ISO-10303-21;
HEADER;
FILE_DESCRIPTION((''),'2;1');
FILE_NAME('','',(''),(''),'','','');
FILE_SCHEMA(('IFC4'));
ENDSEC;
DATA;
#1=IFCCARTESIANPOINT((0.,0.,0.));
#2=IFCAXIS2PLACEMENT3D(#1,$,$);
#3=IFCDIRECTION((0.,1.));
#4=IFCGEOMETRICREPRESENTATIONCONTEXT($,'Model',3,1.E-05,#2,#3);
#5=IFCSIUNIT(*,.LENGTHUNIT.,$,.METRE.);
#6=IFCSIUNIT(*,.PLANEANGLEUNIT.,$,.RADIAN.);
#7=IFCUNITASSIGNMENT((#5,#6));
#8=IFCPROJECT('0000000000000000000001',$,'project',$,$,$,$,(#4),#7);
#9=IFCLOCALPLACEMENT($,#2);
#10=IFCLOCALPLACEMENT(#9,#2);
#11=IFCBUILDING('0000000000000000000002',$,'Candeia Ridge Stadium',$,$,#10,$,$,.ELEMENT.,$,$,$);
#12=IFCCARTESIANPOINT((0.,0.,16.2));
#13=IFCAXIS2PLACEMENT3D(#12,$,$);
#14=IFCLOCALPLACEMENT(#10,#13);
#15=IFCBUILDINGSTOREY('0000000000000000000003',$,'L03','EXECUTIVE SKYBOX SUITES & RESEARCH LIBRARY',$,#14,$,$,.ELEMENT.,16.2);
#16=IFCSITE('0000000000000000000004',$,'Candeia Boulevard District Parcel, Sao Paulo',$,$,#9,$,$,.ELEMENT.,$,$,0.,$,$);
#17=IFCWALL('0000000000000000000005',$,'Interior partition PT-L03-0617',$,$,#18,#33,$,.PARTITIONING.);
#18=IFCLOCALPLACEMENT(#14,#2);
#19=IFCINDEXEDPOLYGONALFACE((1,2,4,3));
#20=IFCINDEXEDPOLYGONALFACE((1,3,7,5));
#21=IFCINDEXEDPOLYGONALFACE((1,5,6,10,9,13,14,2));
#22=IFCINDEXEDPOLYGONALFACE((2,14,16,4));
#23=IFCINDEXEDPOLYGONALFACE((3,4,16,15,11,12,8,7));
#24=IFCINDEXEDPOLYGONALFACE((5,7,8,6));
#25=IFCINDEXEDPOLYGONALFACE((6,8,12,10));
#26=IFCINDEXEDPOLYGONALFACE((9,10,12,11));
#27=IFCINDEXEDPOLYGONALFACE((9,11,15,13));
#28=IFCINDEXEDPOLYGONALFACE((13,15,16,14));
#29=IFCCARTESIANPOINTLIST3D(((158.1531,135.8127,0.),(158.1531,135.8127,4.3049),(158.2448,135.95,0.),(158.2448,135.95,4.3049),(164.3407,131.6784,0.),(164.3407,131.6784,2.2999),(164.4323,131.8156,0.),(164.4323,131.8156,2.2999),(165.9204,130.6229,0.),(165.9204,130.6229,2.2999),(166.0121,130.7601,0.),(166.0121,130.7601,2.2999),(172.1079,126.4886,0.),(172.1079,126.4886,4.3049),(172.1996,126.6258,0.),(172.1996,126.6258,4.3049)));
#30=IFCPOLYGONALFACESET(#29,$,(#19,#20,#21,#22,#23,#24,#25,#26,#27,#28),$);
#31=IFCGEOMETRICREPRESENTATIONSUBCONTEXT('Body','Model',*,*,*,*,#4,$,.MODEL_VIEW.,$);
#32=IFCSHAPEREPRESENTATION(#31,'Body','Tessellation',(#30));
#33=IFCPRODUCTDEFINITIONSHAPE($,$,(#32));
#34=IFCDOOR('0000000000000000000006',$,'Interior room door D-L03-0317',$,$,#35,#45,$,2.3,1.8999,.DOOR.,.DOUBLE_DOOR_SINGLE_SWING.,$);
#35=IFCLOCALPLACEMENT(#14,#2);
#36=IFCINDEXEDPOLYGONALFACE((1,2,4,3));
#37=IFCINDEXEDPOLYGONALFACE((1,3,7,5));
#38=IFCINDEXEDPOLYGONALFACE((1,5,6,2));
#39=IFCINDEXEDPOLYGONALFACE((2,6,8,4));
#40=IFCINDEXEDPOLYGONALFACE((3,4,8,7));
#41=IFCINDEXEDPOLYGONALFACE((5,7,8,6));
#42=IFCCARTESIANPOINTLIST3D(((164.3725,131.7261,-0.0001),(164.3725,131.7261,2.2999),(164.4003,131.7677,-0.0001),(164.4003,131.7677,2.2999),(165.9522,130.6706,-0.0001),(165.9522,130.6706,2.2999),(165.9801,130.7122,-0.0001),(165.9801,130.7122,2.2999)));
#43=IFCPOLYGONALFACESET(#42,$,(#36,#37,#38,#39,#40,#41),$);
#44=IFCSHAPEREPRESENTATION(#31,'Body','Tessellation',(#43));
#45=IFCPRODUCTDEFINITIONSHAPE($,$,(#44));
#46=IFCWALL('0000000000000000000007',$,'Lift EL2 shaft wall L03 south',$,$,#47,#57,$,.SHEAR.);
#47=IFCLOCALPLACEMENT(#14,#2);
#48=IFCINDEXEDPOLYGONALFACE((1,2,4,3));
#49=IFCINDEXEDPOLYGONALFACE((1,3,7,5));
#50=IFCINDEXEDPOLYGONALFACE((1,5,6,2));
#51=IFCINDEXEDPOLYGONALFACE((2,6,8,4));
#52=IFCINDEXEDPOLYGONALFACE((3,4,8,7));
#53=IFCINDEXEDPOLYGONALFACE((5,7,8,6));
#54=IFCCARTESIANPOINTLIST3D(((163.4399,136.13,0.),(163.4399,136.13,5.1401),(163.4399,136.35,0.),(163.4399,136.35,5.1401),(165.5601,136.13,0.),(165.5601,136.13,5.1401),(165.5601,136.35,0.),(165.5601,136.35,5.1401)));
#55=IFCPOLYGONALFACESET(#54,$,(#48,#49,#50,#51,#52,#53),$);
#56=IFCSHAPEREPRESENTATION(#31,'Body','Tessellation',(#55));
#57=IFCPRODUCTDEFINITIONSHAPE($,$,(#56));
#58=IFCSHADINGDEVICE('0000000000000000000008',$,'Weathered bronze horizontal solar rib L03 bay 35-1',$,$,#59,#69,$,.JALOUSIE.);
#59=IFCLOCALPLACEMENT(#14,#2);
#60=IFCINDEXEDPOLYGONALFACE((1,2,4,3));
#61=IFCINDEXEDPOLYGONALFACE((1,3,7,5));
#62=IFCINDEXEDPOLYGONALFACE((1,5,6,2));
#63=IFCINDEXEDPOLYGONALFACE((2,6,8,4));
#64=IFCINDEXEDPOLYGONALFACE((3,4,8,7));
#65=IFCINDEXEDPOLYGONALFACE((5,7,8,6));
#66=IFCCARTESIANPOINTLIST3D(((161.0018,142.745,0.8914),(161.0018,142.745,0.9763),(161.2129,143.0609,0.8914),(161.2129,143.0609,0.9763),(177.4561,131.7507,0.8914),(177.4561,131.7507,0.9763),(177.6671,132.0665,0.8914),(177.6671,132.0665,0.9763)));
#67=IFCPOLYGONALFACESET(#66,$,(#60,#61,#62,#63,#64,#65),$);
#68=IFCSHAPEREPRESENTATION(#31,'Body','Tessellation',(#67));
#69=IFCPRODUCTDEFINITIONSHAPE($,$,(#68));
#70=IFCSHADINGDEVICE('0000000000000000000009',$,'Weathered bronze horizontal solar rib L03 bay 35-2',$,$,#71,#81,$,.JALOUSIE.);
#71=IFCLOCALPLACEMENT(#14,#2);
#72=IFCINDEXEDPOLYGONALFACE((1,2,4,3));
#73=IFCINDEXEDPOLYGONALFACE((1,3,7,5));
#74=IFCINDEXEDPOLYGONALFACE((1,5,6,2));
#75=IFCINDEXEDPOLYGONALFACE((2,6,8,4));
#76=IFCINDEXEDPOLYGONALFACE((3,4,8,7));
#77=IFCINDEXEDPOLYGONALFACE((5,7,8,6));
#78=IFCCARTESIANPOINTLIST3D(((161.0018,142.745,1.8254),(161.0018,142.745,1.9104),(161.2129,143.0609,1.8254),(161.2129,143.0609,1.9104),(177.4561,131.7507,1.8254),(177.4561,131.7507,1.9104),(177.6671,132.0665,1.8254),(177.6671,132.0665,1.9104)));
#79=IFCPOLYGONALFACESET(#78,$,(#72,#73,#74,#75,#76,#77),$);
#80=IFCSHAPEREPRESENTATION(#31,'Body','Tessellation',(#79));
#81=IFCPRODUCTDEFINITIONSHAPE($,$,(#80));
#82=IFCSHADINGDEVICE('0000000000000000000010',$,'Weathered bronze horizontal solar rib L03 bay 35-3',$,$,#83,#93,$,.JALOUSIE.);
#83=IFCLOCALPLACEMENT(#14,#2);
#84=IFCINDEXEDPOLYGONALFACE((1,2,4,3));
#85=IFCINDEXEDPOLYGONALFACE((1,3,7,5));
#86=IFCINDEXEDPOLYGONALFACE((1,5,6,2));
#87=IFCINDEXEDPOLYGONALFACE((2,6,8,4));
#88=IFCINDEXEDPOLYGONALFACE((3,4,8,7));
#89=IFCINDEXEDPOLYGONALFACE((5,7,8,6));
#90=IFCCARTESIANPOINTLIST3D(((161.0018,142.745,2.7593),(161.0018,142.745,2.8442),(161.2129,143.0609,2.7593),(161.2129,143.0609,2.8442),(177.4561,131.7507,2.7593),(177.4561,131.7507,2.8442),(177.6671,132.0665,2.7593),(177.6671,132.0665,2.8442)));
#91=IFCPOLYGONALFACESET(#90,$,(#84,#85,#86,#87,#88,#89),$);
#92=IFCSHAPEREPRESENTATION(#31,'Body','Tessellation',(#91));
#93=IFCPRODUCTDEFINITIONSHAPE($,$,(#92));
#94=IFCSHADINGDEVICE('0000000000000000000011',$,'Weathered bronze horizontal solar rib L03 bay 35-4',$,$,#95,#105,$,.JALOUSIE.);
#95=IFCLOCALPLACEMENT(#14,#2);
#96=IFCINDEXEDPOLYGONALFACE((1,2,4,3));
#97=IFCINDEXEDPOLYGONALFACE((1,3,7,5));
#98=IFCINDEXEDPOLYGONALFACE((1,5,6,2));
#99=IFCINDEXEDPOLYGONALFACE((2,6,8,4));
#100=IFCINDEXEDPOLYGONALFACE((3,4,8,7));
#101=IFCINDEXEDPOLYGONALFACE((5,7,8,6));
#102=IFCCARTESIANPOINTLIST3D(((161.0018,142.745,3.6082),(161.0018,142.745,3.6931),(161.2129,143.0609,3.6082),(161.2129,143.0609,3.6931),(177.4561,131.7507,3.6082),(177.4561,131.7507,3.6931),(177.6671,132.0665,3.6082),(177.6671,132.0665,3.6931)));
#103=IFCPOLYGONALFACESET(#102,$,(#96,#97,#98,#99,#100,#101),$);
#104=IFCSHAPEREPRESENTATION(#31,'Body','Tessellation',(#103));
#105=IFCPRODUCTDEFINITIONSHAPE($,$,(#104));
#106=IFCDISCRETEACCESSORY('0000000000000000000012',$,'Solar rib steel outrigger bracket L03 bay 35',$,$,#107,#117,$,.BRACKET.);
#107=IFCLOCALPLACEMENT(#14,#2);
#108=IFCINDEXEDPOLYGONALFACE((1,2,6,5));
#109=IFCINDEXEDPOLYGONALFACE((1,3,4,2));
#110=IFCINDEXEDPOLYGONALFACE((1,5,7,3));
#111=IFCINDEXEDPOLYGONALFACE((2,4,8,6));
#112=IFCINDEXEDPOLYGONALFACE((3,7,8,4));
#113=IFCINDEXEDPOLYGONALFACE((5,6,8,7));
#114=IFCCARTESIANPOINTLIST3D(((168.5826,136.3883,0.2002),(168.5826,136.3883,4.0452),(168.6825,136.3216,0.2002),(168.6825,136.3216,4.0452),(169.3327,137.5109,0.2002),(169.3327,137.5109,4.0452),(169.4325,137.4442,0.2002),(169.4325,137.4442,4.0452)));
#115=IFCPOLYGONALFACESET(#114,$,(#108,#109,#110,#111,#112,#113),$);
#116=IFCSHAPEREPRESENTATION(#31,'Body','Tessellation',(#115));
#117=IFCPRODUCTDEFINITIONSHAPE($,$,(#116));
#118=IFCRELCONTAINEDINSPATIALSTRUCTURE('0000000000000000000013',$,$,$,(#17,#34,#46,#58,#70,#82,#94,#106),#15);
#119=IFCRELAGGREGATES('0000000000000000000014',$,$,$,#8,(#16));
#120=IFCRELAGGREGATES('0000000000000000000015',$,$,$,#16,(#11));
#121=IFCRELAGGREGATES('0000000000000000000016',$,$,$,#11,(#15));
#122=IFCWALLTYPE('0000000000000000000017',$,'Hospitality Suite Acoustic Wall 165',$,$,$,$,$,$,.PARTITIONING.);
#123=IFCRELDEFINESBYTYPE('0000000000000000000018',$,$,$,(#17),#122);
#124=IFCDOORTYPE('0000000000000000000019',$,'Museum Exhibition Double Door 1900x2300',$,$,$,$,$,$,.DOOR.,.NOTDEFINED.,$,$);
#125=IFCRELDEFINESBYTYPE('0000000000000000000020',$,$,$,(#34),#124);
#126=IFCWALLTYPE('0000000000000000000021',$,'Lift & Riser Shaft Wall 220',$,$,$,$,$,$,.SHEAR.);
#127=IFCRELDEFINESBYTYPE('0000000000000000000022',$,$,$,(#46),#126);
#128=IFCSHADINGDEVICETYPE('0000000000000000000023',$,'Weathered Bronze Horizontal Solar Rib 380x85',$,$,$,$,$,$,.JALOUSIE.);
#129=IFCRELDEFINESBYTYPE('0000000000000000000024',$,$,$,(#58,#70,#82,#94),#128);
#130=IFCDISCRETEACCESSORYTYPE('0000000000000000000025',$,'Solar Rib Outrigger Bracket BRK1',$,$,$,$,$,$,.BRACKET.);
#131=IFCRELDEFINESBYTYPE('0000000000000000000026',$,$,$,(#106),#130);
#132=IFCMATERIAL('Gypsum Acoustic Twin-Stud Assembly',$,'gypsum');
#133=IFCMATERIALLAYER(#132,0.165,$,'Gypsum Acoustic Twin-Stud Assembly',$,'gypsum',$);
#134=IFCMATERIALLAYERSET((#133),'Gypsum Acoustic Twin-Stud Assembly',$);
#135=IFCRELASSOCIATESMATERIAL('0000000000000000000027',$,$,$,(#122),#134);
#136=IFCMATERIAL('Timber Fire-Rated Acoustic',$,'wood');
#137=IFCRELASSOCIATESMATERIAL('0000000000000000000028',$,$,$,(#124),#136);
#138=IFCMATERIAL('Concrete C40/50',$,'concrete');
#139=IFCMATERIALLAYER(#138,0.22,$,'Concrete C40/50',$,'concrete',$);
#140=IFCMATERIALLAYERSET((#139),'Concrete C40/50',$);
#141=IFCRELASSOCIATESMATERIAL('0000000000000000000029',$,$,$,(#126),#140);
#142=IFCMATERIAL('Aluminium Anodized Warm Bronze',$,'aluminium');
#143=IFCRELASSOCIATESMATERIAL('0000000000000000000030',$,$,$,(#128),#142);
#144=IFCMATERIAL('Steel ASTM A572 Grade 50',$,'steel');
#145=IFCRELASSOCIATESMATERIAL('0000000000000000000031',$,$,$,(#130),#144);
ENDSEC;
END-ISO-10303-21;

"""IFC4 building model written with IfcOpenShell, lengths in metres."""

from ifc_helpers import new_model, si_unit, direction, frame, frame_2d, origin, origin_2d, place, context, subcontext, project, spatial, rectangle, extrude, material, layer, layer_set, type_object, element, fill, save


model = new_model("IFC4")

# Units and contexts
model_context = context("Model", 3, precision=1e-05, world=origin(), true_north=direction((0.0, 1.0)))
body_context = subcontext(model_context, "Body", "Model", "MODEL_VIEW")
ifc_project = project(units=[si_unit("LENGTHUNIT", "METRE"), si_unit("PLANEANGLEUNIT", "RADIAN")], contexts=[model_context])

# Site, building, storey
site_placement = place(None, origin())
site = spatial("IfcSite", under=ifc_project, at=site_placement, Name="Candeia Boulevard District Parcel, Sao Paulo", CompositionType="ELEMENT", RefElevation=0.0)
building_placement = place(site_placement, origin())
building = spatial("IfcBuilding", under=site, at=building_placement, Name="Candeia Ridge Stadium", CompositionType="ELEMENT")
storey_placement = place(building_placement, frame((0.0, 0.0, 16.2)))
storey = spatial("IfcBuildingStorey", under=building, at=storey_placement, Name="L03", Description="EXECUTIVE SKYBOX SUITES & RESEARCH LIBRARY", CompositionType="ELEMENT", Elevation=16.2)

# Shared definitions
ifc_material_1 = material(Name="Concrete C40/50", Category="concrete")

# Shared definitions
ifc_material_2 = material(Name="Aluminium Anodized Warm Bronze", Category="aluminium")

# Wall, opening, door
ifc_material_3 = material(Name="Gypsum Acoustic Twin-Stud Assembly", Category="gypsum")
ifc_layer_1 = layer(ifc_material_3, 0.165, Name="Gypsum Acoustic Twin-Stud Assembly", Category="gypsum")
ifc_layer_set_1 = layer_set([ifc_layer_1], Name="Gypsum Acoustic Twin-Stud Assembly")
wall_type_1 = type_object("IfcWallType", Name="Hospitality Suite Acoustic Wall 165", PredefinedType="PARTITIONING", material=ifc_layer_set_1)
wall_1_placement = place(storey_placement, frame((158.199, 135.8813, 0.0), z_axis=(0.0, 0.0, 1.0), x_axis=(0.831472, -0.555566, 0.0)))
wall_1 = element("IfcWall", 1, at=wall_1_placement, inside=storey, type_object=wall_type_1, Name="Interior partition PT-L03-0617", PredefinedType="PARTITIONING", context=body_context, shape_type="SweptSolid", body=[
    extrude(rectangle(XDim=16.7832, YDim=0.165, at=frame_2d((8.3916, 0.0))), origin(), (0.0, 0.0, 1.0), 4.3049),
])
opening_1_placement = place(wall_1_placement, frame((7.4417, 0.0, 0.0)))
opening_1 = element("IfcOpeningElement", 2, at=opening_1_placement, cuts=wall_1, PredefinedType="OPENING", context=body_context, shape_type="SweptSolid", body=[
    extrude(rectangle(XDim=1.8999, YDim=2.3, at=frame_2d((0.95, 1.1499))), frame((0.0, 0.0925, 0.0), z_axis=(0.0, -1.0, 0.0), x_axis=(1.0, 0.0, 0.0)), (0.0, 0.0, 1.0), 0.1851),
])
ifc_material_4 = material(Name="Timber Fire-Rated Acoustic", Category="wood")
door_type_1 = type_object("IfcDoorType", Name="Museum Exhibition Double Door 1900x2300", OperationType="NOTDEFINED", PredefinedType="DOOR", material=ifc_material_4)
door_1_placement = place(opening_1_placement, origin())
door_1 = element("IfcDoor", 3, at=door_1_placement, inside=storey, type_object=door_type_1, Name="Interior room door D-L03-0317", OperationType="DOUBLE_DOOR_SINGLE_SWING", OverallHeight=2.3, OverallWidth=1.8999, PredefinedType="DOOR", context=body_context, shape_type="SweptSolid", body=[
    extrude(rectangle(XDim=1.8999, YDim=2.3, at=frame_2d((0.95, 1.1499))), frame((0.0, 0.0249, 0.0), z_axis=(0.0, -1.0, 0.0), x_axis=(1.0, 0.0, 0.0)), (0.0, 0.0, 1.0), 0.05),
])
fill(opening_1, door_1)

# Wall
ifc_layer_2 = layer(ifc_material_1, 0.22, Name="Concrete C40/50", Category="concrete")
ifc_layer_set_2 = layer_set([ifc_layer_2], Name="Concrete C40/50")
wall_type_2 = type_object("IfcWallType", Name="Lift & Riser Shaft Wall 220", PredefinedType="SHEAR", material=ifc_layer_set_2)
wall_2_placement = place(storey_placement, frame((163.4399, 136.24, 0.0), z_axis=(0.0, 0.0, 1.0), x_axis=(1.0, 0.0, 0.0)))
element("IfcWall", 4, at=wall_2_placement, inside=storey, type_object=wall_type_2, Name="Lift EL2 shaft wall L03 south", PredefinedType="SHEAR", context=body_context, shape_type="SweptSolid", body=[
    extrude(rectangle(XDim=2.1201, YDim=0.22, at=frame_2d((1.0601, 0.0))), origin(), (0.0, 0.0, 1.0), 5.1401),
])

# Shading devices
shading_device_type = type_object("IfcShadingDeviceType", Name="Weathered Bronze Horizontal Solar Rib 380x85", PredefinedType="JALOUSIE", material=ifc_material_2)
for number, where, z_axis, x_axis, name in (
    (5, (169.3345, 137.4058, 0.8914), (0.0, 0.0, 1.0), (-0.83147, 0.55557, 0.0), "Weathered bronze horizontal solar rib L03 bay 35-1"),
    (6, (169.3345, 137.4058, 1.8254), (0.0, 0.0, 1.0), (-0.83147, 0.55557, 0.0), "Weathered bronze horizontal solar rib L03 bay 35-2"),
    (7, (169.3345, 137.4058, 2.7593), (0.0, 0.0, 1.0), (-0.83147, 0.55557, 0.0), "Weathered bronze horizontal solar rib L03 bay 35-3"),
    (8, (169.3345, 137.4058, 3.6082), (0.0, 0.0, 1.0), (-0.83147, 0.55557, 0.0), "Weathered bronze horizontal solar rib L03 bay 35-4"),
):
    element("IfcShadingDevice", number, at=place(storey_placement, frame(where, z_axis=z_axis, x_axis=x_axis)), inside=storey, type_object=shading_device_type, Name=name, PredefinedType="JALOUSIE", context=body_context, shape_type="SweptSolid", body=[
        extrude(rectangle(XDim=19.7893, YDim=0.3799, at=origin_2d()), origin(), (0.0, 0.0, 1.0), 0.085),
    ])

# Discrete accessory
ifc_material_5 = material(Name="Steel ASTM A572 Grade 50", Category="steel")
discrete_accessory_type = type_object("IfcDiscreteAccessoryType", Name="Solar Rib Outrigger Bracket BRK1", PredefinedType="BRACKET", material=ifc_material_5)
discrete_accessory_placement = place(storey_placement, frame((169.0076, 136.9163, 0.2002), z_axis=(0.0, 0.0, 1.0), x_axis=(0.55557, 0.83147, 0.0)))
element("IfcDiscreteAccessory", 9, at=discrete_accessory_placement, inside=storey, type_object=discrete_accessory_type, Name="Solar rib steel outrigger bracket L03 bay 35", PredefinedType="BRACKET", context=body_context, shape_type="SweptSolid", body=[
    extrude(rectangle(XDim=1.3501, YDim=0.1201, at=origin_2d()), origin(), (0.0, 0.0, 1.0), 3.845),
])

save(model, "model.ifc")
